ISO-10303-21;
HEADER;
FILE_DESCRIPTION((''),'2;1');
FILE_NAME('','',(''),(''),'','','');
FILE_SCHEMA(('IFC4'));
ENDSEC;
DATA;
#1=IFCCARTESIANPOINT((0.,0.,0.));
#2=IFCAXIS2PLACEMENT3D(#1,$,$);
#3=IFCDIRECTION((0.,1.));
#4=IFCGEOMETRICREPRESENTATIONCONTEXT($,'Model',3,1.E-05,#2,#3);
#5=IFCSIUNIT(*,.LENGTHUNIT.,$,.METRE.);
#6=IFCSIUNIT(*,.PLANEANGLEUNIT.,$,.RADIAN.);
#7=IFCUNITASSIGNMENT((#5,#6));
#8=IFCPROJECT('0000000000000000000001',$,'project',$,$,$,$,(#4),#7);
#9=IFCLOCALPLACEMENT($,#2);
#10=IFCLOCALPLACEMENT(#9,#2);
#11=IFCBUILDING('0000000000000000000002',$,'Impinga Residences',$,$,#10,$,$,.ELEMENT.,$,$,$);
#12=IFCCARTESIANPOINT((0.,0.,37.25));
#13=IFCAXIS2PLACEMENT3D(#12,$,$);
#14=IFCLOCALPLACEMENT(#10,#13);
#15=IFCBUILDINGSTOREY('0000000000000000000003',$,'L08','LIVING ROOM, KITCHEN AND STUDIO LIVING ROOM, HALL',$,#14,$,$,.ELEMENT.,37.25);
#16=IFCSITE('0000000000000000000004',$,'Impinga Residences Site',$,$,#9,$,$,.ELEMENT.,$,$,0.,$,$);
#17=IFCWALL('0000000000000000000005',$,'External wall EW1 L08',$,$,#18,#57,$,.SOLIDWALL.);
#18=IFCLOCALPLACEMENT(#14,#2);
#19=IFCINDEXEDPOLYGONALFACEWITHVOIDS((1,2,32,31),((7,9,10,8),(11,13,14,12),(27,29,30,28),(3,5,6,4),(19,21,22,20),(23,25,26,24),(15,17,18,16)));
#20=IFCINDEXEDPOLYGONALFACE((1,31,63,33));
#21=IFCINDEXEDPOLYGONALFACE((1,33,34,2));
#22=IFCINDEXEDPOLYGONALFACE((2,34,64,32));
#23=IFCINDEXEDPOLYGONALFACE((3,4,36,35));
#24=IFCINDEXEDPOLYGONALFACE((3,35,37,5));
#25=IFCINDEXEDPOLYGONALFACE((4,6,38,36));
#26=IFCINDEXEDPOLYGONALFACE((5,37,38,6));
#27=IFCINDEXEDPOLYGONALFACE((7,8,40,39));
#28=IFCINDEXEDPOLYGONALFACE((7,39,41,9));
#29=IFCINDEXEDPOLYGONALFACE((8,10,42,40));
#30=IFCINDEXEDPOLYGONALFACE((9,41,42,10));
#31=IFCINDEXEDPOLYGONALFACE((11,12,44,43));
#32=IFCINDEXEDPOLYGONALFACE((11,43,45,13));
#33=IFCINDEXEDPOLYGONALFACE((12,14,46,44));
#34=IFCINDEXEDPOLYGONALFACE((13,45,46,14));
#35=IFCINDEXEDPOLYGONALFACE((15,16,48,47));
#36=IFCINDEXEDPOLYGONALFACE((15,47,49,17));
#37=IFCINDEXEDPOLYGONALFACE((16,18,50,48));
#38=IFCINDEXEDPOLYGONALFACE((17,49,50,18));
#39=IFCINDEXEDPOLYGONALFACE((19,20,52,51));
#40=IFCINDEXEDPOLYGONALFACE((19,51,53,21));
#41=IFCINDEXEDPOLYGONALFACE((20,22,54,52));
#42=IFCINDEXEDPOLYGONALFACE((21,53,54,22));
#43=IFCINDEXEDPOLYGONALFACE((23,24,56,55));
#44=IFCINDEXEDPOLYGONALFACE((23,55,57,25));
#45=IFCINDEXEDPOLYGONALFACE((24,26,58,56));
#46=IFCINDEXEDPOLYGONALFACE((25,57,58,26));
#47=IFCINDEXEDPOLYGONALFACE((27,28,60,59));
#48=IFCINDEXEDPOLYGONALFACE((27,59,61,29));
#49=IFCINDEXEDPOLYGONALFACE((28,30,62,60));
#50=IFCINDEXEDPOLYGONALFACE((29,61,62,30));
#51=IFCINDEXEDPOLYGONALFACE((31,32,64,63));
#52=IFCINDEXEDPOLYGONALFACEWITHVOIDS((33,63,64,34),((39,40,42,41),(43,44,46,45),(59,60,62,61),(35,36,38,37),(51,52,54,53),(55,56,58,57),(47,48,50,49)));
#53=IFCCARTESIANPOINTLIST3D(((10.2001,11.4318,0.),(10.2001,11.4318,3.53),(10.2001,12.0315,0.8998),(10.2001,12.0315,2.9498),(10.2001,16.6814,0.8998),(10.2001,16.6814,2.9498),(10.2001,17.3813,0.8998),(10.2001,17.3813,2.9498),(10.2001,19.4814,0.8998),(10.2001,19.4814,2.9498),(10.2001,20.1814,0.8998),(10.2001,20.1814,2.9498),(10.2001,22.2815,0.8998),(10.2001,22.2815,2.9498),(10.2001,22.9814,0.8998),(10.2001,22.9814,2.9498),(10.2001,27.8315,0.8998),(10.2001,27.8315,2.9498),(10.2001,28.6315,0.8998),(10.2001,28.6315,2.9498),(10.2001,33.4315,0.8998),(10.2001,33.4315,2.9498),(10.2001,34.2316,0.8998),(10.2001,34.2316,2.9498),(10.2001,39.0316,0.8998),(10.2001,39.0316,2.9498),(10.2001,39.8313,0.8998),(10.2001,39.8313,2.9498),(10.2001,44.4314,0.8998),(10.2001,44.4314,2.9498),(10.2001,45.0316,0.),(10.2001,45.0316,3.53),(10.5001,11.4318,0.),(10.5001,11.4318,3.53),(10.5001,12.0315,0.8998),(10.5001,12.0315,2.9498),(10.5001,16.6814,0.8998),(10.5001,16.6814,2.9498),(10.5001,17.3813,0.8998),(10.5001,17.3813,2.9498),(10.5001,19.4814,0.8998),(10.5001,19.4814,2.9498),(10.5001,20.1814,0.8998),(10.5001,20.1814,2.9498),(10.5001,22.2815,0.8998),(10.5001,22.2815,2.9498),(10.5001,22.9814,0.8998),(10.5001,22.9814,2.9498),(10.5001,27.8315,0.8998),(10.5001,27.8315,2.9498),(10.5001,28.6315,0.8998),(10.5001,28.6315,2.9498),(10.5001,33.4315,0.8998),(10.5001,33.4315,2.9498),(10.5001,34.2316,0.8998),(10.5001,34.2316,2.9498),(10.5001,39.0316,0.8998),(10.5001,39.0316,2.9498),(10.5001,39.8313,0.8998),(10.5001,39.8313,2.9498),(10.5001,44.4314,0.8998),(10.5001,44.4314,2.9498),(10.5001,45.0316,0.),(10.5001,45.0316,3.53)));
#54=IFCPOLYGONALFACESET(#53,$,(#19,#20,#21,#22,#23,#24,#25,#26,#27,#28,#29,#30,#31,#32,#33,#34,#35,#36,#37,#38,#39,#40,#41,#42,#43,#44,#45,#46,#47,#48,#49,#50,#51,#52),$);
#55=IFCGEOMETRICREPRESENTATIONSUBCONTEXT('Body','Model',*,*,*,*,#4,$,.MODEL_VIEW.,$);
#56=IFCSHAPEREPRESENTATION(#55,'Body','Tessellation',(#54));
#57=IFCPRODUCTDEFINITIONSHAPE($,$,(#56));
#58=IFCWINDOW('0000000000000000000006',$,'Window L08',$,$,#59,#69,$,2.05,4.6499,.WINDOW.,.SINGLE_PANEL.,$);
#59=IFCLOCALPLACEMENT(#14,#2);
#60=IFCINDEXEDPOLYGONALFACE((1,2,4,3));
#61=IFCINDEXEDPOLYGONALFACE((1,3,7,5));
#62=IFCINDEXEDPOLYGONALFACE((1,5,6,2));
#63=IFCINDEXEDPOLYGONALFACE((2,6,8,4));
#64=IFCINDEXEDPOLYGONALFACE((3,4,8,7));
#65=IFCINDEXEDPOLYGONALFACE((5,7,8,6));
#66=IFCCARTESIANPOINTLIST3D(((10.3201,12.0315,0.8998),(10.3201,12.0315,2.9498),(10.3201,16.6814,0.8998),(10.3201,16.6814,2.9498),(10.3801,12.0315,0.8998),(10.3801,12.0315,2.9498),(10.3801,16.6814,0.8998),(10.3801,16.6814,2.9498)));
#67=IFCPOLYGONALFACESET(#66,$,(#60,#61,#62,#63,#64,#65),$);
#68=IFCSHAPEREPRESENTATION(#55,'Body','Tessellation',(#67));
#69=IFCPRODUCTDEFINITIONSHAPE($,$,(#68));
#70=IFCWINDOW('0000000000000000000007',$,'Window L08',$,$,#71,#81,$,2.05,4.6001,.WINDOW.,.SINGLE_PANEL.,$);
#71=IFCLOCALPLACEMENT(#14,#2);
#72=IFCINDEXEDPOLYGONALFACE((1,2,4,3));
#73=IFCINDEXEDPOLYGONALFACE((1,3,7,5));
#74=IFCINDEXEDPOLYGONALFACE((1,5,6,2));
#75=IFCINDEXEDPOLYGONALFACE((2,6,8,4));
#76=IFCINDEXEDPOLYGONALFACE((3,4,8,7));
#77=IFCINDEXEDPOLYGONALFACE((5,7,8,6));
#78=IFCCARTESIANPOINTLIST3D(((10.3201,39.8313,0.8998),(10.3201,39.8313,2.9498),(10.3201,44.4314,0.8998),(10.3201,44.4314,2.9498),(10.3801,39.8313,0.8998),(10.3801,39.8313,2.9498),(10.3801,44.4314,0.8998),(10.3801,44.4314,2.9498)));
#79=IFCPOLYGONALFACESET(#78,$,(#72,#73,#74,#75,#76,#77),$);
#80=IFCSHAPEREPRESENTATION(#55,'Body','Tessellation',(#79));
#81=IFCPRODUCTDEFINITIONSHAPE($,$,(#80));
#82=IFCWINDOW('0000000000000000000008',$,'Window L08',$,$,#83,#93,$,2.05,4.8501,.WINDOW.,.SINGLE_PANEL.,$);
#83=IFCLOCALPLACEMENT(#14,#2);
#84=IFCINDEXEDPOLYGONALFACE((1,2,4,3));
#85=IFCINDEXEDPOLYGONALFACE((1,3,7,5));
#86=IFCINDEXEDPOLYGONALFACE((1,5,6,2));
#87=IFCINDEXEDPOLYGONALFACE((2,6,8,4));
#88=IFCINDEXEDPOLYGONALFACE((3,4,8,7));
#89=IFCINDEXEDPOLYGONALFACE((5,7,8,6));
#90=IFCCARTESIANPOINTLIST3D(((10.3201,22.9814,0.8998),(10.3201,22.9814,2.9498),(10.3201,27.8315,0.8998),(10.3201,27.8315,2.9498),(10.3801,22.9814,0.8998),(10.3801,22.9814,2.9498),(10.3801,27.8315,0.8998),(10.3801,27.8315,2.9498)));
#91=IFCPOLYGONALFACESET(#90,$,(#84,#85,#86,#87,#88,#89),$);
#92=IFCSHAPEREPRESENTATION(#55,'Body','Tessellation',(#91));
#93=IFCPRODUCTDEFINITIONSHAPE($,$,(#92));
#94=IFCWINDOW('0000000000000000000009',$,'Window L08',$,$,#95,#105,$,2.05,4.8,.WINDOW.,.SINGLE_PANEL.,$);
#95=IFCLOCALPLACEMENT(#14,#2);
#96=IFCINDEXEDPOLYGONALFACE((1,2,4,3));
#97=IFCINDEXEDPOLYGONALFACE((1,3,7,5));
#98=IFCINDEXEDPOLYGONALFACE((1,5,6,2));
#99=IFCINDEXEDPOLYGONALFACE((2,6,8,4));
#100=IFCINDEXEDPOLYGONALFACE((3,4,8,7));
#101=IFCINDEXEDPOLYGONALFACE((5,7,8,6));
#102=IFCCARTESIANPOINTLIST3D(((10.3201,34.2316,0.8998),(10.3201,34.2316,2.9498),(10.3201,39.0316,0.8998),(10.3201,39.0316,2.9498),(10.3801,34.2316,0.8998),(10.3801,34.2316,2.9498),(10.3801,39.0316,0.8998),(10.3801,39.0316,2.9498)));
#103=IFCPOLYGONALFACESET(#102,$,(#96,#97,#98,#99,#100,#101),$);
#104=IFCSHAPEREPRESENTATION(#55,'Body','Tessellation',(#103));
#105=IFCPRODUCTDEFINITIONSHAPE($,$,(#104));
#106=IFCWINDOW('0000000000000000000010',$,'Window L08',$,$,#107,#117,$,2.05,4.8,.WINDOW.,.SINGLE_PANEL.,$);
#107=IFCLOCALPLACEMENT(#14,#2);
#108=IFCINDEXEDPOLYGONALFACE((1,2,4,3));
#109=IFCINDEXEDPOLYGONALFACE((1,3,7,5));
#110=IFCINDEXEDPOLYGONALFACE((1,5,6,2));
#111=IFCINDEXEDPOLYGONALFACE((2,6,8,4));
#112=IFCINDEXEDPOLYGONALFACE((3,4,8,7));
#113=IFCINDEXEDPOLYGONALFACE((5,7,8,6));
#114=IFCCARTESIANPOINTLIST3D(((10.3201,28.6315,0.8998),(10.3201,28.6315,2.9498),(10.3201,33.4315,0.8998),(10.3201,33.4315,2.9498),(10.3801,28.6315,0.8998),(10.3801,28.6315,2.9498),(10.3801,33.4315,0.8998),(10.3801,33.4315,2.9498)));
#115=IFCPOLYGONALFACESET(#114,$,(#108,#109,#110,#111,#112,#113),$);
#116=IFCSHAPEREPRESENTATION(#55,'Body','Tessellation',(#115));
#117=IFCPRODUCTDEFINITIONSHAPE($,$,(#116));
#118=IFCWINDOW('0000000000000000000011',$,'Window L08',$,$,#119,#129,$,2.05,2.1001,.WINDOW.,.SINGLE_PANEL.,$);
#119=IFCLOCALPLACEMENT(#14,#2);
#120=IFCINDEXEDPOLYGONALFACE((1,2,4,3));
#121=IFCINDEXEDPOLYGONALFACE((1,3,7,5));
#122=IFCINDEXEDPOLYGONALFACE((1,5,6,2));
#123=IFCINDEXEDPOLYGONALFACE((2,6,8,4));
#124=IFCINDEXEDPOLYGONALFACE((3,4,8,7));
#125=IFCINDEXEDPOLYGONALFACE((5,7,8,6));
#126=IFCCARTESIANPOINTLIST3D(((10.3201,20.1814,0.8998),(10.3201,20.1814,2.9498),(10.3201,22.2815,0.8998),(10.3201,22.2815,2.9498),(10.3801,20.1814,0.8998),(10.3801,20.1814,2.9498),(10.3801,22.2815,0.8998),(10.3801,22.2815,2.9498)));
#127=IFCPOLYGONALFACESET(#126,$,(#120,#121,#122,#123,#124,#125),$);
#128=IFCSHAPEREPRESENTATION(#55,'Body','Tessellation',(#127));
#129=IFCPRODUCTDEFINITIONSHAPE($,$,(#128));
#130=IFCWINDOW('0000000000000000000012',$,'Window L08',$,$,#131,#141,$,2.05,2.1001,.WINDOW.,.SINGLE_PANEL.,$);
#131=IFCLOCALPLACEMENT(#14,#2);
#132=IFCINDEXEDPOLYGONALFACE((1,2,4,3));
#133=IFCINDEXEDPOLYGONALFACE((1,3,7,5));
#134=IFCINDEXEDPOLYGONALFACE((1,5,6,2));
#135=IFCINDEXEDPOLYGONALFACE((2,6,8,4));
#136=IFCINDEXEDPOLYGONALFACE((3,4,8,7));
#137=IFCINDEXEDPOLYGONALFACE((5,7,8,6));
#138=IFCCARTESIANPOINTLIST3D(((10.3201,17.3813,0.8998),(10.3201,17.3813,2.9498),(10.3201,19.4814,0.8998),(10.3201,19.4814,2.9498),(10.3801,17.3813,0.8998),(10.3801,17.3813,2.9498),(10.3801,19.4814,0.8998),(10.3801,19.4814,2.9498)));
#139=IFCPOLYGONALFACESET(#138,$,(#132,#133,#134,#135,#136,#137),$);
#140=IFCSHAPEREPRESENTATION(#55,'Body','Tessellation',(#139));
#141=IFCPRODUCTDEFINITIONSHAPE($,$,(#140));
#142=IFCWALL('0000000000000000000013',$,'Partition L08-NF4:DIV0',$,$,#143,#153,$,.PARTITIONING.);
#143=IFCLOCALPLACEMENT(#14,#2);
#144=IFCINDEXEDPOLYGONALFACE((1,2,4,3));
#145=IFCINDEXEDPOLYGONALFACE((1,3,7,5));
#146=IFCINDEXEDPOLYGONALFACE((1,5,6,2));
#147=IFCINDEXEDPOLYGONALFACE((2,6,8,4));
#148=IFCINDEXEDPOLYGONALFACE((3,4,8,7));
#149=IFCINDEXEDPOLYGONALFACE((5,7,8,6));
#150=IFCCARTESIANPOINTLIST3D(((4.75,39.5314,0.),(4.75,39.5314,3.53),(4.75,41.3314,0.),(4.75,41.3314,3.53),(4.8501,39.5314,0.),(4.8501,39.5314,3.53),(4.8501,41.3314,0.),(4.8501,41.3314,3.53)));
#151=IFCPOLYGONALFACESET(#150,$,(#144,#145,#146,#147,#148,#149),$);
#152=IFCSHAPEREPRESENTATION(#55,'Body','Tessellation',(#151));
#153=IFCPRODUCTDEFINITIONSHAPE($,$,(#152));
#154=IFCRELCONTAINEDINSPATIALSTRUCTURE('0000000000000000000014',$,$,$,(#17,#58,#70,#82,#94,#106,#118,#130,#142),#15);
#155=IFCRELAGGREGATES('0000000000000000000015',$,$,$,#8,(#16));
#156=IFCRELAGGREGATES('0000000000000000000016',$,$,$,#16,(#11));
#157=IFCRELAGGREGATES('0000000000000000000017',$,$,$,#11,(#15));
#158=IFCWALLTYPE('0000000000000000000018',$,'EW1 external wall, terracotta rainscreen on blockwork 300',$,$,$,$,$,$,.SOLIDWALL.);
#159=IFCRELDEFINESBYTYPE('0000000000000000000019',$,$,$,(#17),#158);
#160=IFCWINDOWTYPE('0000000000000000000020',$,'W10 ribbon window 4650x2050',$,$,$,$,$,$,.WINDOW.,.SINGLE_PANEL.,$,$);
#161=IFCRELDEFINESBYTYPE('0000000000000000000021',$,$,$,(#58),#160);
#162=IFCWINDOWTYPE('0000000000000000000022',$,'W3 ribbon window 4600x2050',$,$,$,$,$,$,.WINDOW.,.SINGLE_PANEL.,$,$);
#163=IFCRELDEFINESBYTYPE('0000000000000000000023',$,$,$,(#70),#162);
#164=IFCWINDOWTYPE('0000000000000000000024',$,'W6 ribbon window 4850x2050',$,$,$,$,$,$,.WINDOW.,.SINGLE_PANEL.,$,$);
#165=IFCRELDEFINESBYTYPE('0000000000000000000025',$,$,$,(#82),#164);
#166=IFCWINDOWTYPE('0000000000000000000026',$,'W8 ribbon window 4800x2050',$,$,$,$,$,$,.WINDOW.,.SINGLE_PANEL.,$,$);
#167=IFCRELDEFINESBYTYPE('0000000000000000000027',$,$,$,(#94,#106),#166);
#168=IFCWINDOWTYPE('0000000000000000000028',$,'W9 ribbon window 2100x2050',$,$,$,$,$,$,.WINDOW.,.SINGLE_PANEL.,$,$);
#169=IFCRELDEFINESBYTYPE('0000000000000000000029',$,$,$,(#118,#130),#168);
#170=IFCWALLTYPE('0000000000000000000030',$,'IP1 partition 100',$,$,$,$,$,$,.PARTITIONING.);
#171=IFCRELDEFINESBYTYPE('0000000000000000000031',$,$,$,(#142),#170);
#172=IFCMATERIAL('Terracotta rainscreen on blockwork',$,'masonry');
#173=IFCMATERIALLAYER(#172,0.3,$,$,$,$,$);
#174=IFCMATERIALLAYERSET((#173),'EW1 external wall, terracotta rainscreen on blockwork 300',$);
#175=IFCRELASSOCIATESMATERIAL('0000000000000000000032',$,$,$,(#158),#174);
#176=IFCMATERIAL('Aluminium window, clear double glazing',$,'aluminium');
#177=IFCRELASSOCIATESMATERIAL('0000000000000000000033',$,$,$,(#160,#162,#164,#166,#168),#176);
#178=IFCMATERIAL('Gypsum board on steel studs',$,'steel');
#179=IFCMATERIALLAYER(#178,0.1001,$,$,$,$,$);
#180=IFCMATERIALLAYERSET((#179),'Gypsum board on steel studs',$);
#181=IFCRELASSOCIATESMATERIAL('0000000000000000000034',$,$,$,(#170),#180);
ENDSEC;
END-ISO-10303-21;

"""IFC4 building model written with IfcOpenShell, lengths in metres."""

from ifc_helpers import new_model, si_unit, direction, frame, frame_2d, origin, place, context, subcontext, project, spatial, rectangle, extrude, material, layer, layer_set, type_object, element, fill, save


model = new_model("IFC4")

# Units and contexts
model_context = context("Model", 3, precision=1e-05, world=origin(), true_north=direction((0.0, 1.0)))
body_context = subcontext(model_context, "Body", "Model", "MODEL_VIEW")
ifc_project = project(units=[si_unit("LENGTHUNIT", "METRE"), si_unit("PLANEANGLEUNIT", "RADIAN")], contexts=[model_context])

# Site, building, storey
site_placement = place(None, origin())
site = spatial("IfcSite", under=ifc_project, at=site_placement, Name="Impinga Residences Site", CompositionType="ELEMENT", RefElevation=0.0)
building_placement = place(site_placement, origin())
building = spatial("IfcBuilding", under=site, at=building_placement, Name="Impinga Residences", CompositionType="ELEMENT")
storey_placement = place(building_placement, frame((0.0, 0.0, 37.25)))
storey = spatial("IfcBuildingStorey", under=building, at=storey_placement, Name="L08", Description="LIVING ROOM, KITCHEN AND STUDIO LIVING ROOM, HALL", CompositionType="ELEMENT", Elevation=37.25)

# Shared definitions
ifc_material_1 = material(Name="Terracotta rainscreen on blockwork", Category="masonry")
ifc_layer_1 = layer(ifc_material_1, 0.3)
ifc_layer_set_1 = layer_set([ifc_layer_1], Name="EW1 external wall, terracotta rainscreen on blockwork 300")
wall_type_1 = type_object("IfcWallType", Name="EW1 external wall, terracotta rainscreen on blockwork 300", PredefinedType="SOLIDWALL", material=ifc_layer_set_1)

# Wall, openings, windows
wall_1_placement = place(storey_placement, frame((10.3501, 45.0315, 0.0), z_axis=(0.0, 0.0, 1.0), x_axis=(0.0, -1.0, 0.0)))
wall_1 = element("IfcWall", 1, at=wall_1_placement, inside=storey, type_object=wall_type_1, Name="External wall EW1 L08", PredefinedType="SOLIDWALL", context=body_context, shape_type="SweptSolid", body=[
    extrude(rectangle(XDim=33.5999, YDim=0.3, at=frame_2d((16.7998, 0.0))), origin(), (0.0, 0.0, 1.0), 3.53),
])
opening_1_placement = place(wall_1_placement, frame((0.6001, 0.0, 0.8999)))
opening_1 = element("IfcOpeningElement", 2, at=opening_1_placement, cuts=wall_1, PredefinedType="OPENING", context=body_context, shape_type="SweptSolid", body=[
    extrude(rectangle(XDim=4.6001, YDim=2.05, at=frame_2d((2.3, 1.0249))), frame((0.0, 0.1599, 0.0), z_axis=(0.0, -1.0, 0.0), x_axis=(1.0, 0.0, 0.0)), (0.0, 0.0, 1.0), 0.3201),
])
opening_2_placement = place(wall_1_placement, frame((6.0, 0.0, 0.8999)))
opening_2 = element("IfcOpeningElement", 3, at=opening_2_placement, cuts=wall_1, PredefinedType="OPENING", context=body_context, shape_type="SweptSolid", body=[
    extrude(rectangle(XDim=4.8, YDim=2.05, at=frame_2d((2.3999, 1.0249))), frame((0.0, 0.1599, 0.0), z_axis=(0.0, -1.0, 0.0), x_axis=(1.0, 0.0, 0.0)), (0.0, 0.0, 1.0), 0.3201),
])
opening_3_placement = place(wall_1_placement, frame((11.6001, 0.0, 0.8999)))
opening_3 = element("IfcOpeningElement", 4, at=opening_3_placement, cuts=wall_1, PredefinedType="OPENING", context=body_context, shape_type="SweptSolid", body=[
    extrude(rectangle(XDim=4.8, YDim=2.05, at=frame_2d((2.3999, 1.0249))), frame((0.0, 0.1599, 0.0), z_axis=(0.0, -1.0, 0.0), x_axis=(1.0, 0.0, 0.0)), (0.0, 0.0, 1.0), 0.3201),
])
opening_4_placement = place(wall_1_placement, frame((17.2, 0.0, 0.8999)))
opening_4 = element("IfcOpeningElement", 5, at=opening_4_placement, cuts=wall_1, PredefinedType="OPENING", context=body_context, shape_type="SweptSolid", body=[
    extrude(rectangle(XDim=4.8501, YDim=2.05, at=frame_2d((2.425, 1.0249))), frame((0.0, 0.1599, 0.0), z_axis=(0.0, -1.0, 0.0), x_axis=(1.0, 0.0, 0.0)), (0.0, 0.0, 1.0), 0.3201),
])
opening_5_placement = place(wall_1_placement, frame((22.75, 0.0, 0.8999)))
opening_5 = element("IfcOpeningElement", 6, at=opening_5_placement, cuts=wall_1, PredefinedType="OPENING", context=body_context, shape_type="SweptSolid", body=[
    extrude(rectangle(XDim=2.1001, YDim=2.05, at=frame_2d((1.05, 1.0249))), frame((0.0, 0.1599, 0.0), z_axis=(0.0, -1.0, 0.0), x_axis=(1.0, 0.0, 0.0)), (0.0, 0.0, 1.0), 0.3201),
])
opening_6_placement = place(wall_1_placement, frame((25.55, 0.0, 0.8999)))
opening_6 = element("IfcOpeningElement", 7, at=opening_6_placement, cuts=wall_1, PredefinedType="OPENING", context=body_context, shape_type="SweptSolid", body=[
    extrude(rectangle(XDim=2.1001, YDim=2.05, at=frame_2d((1.05, 1.0249))), frame((0.0, 0.1599, 0.0), z_axis=(0.0, -1.0, 0.0), x_axis=(1.0, 0.0, 0.0)), (0.0, 0.0, 1.0), 0.3201),
])
opening_7_placement = place(wall_1_placement, frame((28.3501, 0.0, 0.8999)))
opening_7 = element("IfcOpeningElement", 8, at=opening_7_placement, cuts=wall_1, PredefinedType="OPENING", context=body_context, shape_type="SweptSolid", body=[
    extrude(rectangle(XDim=4.6499, YDim=2.05, at=frame_2d((2.325, 1.0249))), frame((0.0, 0.1599, 0.0), z_axis=(0.0, -1.0, 0.0), x_axis=(1.0, 0.0, 0.0)), (0.0, 0.0, 1.0), 0.3201),
])
ifc_material_2 = material(Name="Aluminium window, clear double glazing", Category="aluminium")
window_type_1 = type_object("IfcWindowType", Name="W10 ribbon window 4650x2050", PartitioningType="SINGLE_PANEL", PredefinedType="WINDOW", material=ifc_material_2)
window_1_placement = place(opening_7_placement, origin())
window_1 = element("IfcWindow", 9, at=window_1_placement, inside=storey, type_object=window_type_1, Name="Window L08", OverallHeight=2.05, OverallWidth=4.6499, PartitioningType="SINGLE_PANEL", PredefinedType="WINDOW", context=body_context, shape_type="SweptSolid", body=[
    extrude(rectangle(XDim=4.6499, YDim=2.05, at=frame_2d((2.325, 1.0249))), frame((0.0, 0.03, 0.0), z_axis=(0.0, -1.0, 0.0), x_axis=(1.0, 0.0, 0.0)), (0.0, 0.0, 1.0), 0.0601),
])
fill(opening_7, window_1)
window_type_2 = type_object("IfcWindowType", Name="W3 ribbon window 4600x2050", PartitioningType="SINGLE_PANEL", PredefinedType="WINDOW", material=ifc_material_2)
window_2_placement = place(opening_1_placement, origin())
window_2 = element("IfcWindow", 10, at=window_2_placement, inside=storey, type_object=window_type_2, Name="Window L08", OverallHeight=2.05, OverallWidth=4.6001, PartitioningType="SINGLE_PANEL", PredefinedType="WINDOW", context=body_context, shape_type="SweptSolid", body=[
    extrude(rectangle(XDim=4.6001, YDim=2.05, at=frame_2d((2.3, 1.0249))), frame((0.0, 0.03, 0.0), z_axis=(0.0, -1.0, 0.0), x_axis=(1.0, 0.0, 0.0)), (0.0, 0.0, 1.0), 0.0601),
])
fill(opening_1, window_2)
window_type_3 = type_object("IfcWindowType", Name="W6 ribbon window 4850x2050", PartitioningType="SINGLE_PANEL", PredefinedType="WINDOW", material=ifc_material_2)
window_3_placement = place(opening_4_placement, origin())
window_3 = element("IfcWindow", 11, at=window_3_placement, inside=storey, type_object=window_type_3, Name="Window L08", OverallHeight=2.05, OverallWidth=4.8501, PartitioningType="SINGLE_PANEL", PredefinedType="WINDOW", context=body_context, shape_type="SweptSolid", body=[
    extrude(rectangle(XDim=4.8501, YDim=2.05, at=frame_2d((2.425, 1.0249))), frame((0.0, 0.03, 0.0), z_axis=(0.0, -1.0, 0.0), x_axis=(1.0, 0.0, 0.0)), (0.0, 0.0, 1.0), 0.0601),
])
fill(opening_4, window_3)
window_type_4 = type_object("IfcWindowType", Name="W8 ribbon window 4800x2050", PartitioningType="SINGLE_PANEL", PredefinedType="WINDOW", material=ifc_material_2)
window_4_placement = place(opening_2_placement, origin())
window_4 = element("IfcWindow", 12, at=window_4_placement, inside=storey, type_object=window_type_4, Name="Window L08", OverallHeight=2.05, OverallWidth=4.8, PartitioningType="SINGLE_PANEL", PredefinedType="WINDOW", context=body_context, shape_type="SweptSolid", body=[
    extrude(rectangle(XDim=4.8, YDim=2.05, at=frame_2d((2.3999, 1.0249))), frame((0.0, 0.03, 0.0), z_axis=(0.0, -1.0, 0.0), x_axis=(1.0, 0.0, 0.0)), (0.0, 0.0, 1.0), 0.0601),
])
fill(opening_2, window_4)
window_5_placement = place(opening_3_placement, origin())
window_5 = element("IfcWindow", 13, at=window_5_placement, inside=storey, type_object=window_type_4, Name="Window L08", OverallHeight=2.05, OverallWidth=4.8, PartitioningType="SINGLE_PANEL", PredefinedType="WINDOW", context=body_context, shape_type="SweptSolid", body=[
    extrude(rectangle(XDim=4.8, YDim=2.05, at=frame_2d((2.3999, 1.0249))), frame((0.0, 0.03, 0.0), z_axis=(0.0, -1.0, 0.0), x_axis=(1.0, 0.0, 0.0)), (0.0, 0.0, 1.0), 0.0601),
])
fill(opening_3, window_5)
window_type_5 = type_object("IfcWindowType", Name="W9 ribbon window 2100x2050", PartitioningType="SINGLE_PANEL", PredefinedType="WINDOW", material=ifc_material_2)
window_6_placement = place(opening_5_placement, origin())
window_6 = element("IfcWindow", 14, at=window_6_placement, inside=storey, type_object=window_type_5, Name="Window L08", OverallHeight=2.05, OverallWidth=2.1001, PartitioningType="SINGLE_PANEL", PredefinedType="WINDOW", context=body_context, shape_type="SweptSolid", body=[
    extrude(rectangle(XDim=2.1001, YDim=2.05, at=frame_2d((1.05, 1.0249))), frame((0.0, 0.03, 0.0), z_axis=(0.0, -1.0, 0.0), x_axis=(1.0, 0.0, 0.0)), (0.0, 0.0, 1.0), 0.0601),
])
fill(opening_5, window_6)
window_7_placement = place(opening_6_placement, origin())
window_7 = element("IfcWindow", 15, at=window_7_placement, inside=storey, type_object=window_type_5, Name="Window L08", OverallHeight=2.05, OverallWidth=2.1001, PartitioningType="SINGLE_PANEL", PredefinedType="WINDOW", context=body_context, shape_type="SweptSolid", body=[
    extrude(rectangle(XDim=2.1001, YDim=2.05, at=frame_2d((1.05, 1.0249))), frame((0.0, 0.03, 0.0), z_axis=(0.0, -1.0, 0.0), x_axis=(1.0, 0.0, 0.0)), (0.0, 0.0, 1.0), 0.0601),
])
fill(opening_6, window_7)

# Wall
ifc_material_3 = material(Name="Gypsum board on steel studs", Category="steel")
ifc_layer_2 = layer(ifc_material_3, 0.1001)
ifc_layer_set_2 = layer_set([ifc_layer_2], Name="Gypsum board on steel studs")
wall_type_2 = type_object("IfcWallType", Name="IP1 partition 100", PredefinedType="PARTITIONING", material=ifc_layer_set_2)
wall_2_placement = place(storey_placement, frame((4.8, 39.5315, 0.0), z_axis=(0.0, 0.0, 1.0), x_axis=(0.0, 1.0, 0.0)))
element("IfcWall", 16, at=wall_2_placement, inside=storey, type_object=wall_type_2, Name="Partition L08-NF4:DIV0", PredefinedType="PARTITIONING", context=body_context, shape_type="SweptSolid", body=[
    extrude(rectangle(XDim=1.8, YDim=0.1001, at=frame_2d((0.8999, 0.0))), origin(), (0.0, 0.0, 1.0), 3.53),
])

save(model, "model.ifc")
